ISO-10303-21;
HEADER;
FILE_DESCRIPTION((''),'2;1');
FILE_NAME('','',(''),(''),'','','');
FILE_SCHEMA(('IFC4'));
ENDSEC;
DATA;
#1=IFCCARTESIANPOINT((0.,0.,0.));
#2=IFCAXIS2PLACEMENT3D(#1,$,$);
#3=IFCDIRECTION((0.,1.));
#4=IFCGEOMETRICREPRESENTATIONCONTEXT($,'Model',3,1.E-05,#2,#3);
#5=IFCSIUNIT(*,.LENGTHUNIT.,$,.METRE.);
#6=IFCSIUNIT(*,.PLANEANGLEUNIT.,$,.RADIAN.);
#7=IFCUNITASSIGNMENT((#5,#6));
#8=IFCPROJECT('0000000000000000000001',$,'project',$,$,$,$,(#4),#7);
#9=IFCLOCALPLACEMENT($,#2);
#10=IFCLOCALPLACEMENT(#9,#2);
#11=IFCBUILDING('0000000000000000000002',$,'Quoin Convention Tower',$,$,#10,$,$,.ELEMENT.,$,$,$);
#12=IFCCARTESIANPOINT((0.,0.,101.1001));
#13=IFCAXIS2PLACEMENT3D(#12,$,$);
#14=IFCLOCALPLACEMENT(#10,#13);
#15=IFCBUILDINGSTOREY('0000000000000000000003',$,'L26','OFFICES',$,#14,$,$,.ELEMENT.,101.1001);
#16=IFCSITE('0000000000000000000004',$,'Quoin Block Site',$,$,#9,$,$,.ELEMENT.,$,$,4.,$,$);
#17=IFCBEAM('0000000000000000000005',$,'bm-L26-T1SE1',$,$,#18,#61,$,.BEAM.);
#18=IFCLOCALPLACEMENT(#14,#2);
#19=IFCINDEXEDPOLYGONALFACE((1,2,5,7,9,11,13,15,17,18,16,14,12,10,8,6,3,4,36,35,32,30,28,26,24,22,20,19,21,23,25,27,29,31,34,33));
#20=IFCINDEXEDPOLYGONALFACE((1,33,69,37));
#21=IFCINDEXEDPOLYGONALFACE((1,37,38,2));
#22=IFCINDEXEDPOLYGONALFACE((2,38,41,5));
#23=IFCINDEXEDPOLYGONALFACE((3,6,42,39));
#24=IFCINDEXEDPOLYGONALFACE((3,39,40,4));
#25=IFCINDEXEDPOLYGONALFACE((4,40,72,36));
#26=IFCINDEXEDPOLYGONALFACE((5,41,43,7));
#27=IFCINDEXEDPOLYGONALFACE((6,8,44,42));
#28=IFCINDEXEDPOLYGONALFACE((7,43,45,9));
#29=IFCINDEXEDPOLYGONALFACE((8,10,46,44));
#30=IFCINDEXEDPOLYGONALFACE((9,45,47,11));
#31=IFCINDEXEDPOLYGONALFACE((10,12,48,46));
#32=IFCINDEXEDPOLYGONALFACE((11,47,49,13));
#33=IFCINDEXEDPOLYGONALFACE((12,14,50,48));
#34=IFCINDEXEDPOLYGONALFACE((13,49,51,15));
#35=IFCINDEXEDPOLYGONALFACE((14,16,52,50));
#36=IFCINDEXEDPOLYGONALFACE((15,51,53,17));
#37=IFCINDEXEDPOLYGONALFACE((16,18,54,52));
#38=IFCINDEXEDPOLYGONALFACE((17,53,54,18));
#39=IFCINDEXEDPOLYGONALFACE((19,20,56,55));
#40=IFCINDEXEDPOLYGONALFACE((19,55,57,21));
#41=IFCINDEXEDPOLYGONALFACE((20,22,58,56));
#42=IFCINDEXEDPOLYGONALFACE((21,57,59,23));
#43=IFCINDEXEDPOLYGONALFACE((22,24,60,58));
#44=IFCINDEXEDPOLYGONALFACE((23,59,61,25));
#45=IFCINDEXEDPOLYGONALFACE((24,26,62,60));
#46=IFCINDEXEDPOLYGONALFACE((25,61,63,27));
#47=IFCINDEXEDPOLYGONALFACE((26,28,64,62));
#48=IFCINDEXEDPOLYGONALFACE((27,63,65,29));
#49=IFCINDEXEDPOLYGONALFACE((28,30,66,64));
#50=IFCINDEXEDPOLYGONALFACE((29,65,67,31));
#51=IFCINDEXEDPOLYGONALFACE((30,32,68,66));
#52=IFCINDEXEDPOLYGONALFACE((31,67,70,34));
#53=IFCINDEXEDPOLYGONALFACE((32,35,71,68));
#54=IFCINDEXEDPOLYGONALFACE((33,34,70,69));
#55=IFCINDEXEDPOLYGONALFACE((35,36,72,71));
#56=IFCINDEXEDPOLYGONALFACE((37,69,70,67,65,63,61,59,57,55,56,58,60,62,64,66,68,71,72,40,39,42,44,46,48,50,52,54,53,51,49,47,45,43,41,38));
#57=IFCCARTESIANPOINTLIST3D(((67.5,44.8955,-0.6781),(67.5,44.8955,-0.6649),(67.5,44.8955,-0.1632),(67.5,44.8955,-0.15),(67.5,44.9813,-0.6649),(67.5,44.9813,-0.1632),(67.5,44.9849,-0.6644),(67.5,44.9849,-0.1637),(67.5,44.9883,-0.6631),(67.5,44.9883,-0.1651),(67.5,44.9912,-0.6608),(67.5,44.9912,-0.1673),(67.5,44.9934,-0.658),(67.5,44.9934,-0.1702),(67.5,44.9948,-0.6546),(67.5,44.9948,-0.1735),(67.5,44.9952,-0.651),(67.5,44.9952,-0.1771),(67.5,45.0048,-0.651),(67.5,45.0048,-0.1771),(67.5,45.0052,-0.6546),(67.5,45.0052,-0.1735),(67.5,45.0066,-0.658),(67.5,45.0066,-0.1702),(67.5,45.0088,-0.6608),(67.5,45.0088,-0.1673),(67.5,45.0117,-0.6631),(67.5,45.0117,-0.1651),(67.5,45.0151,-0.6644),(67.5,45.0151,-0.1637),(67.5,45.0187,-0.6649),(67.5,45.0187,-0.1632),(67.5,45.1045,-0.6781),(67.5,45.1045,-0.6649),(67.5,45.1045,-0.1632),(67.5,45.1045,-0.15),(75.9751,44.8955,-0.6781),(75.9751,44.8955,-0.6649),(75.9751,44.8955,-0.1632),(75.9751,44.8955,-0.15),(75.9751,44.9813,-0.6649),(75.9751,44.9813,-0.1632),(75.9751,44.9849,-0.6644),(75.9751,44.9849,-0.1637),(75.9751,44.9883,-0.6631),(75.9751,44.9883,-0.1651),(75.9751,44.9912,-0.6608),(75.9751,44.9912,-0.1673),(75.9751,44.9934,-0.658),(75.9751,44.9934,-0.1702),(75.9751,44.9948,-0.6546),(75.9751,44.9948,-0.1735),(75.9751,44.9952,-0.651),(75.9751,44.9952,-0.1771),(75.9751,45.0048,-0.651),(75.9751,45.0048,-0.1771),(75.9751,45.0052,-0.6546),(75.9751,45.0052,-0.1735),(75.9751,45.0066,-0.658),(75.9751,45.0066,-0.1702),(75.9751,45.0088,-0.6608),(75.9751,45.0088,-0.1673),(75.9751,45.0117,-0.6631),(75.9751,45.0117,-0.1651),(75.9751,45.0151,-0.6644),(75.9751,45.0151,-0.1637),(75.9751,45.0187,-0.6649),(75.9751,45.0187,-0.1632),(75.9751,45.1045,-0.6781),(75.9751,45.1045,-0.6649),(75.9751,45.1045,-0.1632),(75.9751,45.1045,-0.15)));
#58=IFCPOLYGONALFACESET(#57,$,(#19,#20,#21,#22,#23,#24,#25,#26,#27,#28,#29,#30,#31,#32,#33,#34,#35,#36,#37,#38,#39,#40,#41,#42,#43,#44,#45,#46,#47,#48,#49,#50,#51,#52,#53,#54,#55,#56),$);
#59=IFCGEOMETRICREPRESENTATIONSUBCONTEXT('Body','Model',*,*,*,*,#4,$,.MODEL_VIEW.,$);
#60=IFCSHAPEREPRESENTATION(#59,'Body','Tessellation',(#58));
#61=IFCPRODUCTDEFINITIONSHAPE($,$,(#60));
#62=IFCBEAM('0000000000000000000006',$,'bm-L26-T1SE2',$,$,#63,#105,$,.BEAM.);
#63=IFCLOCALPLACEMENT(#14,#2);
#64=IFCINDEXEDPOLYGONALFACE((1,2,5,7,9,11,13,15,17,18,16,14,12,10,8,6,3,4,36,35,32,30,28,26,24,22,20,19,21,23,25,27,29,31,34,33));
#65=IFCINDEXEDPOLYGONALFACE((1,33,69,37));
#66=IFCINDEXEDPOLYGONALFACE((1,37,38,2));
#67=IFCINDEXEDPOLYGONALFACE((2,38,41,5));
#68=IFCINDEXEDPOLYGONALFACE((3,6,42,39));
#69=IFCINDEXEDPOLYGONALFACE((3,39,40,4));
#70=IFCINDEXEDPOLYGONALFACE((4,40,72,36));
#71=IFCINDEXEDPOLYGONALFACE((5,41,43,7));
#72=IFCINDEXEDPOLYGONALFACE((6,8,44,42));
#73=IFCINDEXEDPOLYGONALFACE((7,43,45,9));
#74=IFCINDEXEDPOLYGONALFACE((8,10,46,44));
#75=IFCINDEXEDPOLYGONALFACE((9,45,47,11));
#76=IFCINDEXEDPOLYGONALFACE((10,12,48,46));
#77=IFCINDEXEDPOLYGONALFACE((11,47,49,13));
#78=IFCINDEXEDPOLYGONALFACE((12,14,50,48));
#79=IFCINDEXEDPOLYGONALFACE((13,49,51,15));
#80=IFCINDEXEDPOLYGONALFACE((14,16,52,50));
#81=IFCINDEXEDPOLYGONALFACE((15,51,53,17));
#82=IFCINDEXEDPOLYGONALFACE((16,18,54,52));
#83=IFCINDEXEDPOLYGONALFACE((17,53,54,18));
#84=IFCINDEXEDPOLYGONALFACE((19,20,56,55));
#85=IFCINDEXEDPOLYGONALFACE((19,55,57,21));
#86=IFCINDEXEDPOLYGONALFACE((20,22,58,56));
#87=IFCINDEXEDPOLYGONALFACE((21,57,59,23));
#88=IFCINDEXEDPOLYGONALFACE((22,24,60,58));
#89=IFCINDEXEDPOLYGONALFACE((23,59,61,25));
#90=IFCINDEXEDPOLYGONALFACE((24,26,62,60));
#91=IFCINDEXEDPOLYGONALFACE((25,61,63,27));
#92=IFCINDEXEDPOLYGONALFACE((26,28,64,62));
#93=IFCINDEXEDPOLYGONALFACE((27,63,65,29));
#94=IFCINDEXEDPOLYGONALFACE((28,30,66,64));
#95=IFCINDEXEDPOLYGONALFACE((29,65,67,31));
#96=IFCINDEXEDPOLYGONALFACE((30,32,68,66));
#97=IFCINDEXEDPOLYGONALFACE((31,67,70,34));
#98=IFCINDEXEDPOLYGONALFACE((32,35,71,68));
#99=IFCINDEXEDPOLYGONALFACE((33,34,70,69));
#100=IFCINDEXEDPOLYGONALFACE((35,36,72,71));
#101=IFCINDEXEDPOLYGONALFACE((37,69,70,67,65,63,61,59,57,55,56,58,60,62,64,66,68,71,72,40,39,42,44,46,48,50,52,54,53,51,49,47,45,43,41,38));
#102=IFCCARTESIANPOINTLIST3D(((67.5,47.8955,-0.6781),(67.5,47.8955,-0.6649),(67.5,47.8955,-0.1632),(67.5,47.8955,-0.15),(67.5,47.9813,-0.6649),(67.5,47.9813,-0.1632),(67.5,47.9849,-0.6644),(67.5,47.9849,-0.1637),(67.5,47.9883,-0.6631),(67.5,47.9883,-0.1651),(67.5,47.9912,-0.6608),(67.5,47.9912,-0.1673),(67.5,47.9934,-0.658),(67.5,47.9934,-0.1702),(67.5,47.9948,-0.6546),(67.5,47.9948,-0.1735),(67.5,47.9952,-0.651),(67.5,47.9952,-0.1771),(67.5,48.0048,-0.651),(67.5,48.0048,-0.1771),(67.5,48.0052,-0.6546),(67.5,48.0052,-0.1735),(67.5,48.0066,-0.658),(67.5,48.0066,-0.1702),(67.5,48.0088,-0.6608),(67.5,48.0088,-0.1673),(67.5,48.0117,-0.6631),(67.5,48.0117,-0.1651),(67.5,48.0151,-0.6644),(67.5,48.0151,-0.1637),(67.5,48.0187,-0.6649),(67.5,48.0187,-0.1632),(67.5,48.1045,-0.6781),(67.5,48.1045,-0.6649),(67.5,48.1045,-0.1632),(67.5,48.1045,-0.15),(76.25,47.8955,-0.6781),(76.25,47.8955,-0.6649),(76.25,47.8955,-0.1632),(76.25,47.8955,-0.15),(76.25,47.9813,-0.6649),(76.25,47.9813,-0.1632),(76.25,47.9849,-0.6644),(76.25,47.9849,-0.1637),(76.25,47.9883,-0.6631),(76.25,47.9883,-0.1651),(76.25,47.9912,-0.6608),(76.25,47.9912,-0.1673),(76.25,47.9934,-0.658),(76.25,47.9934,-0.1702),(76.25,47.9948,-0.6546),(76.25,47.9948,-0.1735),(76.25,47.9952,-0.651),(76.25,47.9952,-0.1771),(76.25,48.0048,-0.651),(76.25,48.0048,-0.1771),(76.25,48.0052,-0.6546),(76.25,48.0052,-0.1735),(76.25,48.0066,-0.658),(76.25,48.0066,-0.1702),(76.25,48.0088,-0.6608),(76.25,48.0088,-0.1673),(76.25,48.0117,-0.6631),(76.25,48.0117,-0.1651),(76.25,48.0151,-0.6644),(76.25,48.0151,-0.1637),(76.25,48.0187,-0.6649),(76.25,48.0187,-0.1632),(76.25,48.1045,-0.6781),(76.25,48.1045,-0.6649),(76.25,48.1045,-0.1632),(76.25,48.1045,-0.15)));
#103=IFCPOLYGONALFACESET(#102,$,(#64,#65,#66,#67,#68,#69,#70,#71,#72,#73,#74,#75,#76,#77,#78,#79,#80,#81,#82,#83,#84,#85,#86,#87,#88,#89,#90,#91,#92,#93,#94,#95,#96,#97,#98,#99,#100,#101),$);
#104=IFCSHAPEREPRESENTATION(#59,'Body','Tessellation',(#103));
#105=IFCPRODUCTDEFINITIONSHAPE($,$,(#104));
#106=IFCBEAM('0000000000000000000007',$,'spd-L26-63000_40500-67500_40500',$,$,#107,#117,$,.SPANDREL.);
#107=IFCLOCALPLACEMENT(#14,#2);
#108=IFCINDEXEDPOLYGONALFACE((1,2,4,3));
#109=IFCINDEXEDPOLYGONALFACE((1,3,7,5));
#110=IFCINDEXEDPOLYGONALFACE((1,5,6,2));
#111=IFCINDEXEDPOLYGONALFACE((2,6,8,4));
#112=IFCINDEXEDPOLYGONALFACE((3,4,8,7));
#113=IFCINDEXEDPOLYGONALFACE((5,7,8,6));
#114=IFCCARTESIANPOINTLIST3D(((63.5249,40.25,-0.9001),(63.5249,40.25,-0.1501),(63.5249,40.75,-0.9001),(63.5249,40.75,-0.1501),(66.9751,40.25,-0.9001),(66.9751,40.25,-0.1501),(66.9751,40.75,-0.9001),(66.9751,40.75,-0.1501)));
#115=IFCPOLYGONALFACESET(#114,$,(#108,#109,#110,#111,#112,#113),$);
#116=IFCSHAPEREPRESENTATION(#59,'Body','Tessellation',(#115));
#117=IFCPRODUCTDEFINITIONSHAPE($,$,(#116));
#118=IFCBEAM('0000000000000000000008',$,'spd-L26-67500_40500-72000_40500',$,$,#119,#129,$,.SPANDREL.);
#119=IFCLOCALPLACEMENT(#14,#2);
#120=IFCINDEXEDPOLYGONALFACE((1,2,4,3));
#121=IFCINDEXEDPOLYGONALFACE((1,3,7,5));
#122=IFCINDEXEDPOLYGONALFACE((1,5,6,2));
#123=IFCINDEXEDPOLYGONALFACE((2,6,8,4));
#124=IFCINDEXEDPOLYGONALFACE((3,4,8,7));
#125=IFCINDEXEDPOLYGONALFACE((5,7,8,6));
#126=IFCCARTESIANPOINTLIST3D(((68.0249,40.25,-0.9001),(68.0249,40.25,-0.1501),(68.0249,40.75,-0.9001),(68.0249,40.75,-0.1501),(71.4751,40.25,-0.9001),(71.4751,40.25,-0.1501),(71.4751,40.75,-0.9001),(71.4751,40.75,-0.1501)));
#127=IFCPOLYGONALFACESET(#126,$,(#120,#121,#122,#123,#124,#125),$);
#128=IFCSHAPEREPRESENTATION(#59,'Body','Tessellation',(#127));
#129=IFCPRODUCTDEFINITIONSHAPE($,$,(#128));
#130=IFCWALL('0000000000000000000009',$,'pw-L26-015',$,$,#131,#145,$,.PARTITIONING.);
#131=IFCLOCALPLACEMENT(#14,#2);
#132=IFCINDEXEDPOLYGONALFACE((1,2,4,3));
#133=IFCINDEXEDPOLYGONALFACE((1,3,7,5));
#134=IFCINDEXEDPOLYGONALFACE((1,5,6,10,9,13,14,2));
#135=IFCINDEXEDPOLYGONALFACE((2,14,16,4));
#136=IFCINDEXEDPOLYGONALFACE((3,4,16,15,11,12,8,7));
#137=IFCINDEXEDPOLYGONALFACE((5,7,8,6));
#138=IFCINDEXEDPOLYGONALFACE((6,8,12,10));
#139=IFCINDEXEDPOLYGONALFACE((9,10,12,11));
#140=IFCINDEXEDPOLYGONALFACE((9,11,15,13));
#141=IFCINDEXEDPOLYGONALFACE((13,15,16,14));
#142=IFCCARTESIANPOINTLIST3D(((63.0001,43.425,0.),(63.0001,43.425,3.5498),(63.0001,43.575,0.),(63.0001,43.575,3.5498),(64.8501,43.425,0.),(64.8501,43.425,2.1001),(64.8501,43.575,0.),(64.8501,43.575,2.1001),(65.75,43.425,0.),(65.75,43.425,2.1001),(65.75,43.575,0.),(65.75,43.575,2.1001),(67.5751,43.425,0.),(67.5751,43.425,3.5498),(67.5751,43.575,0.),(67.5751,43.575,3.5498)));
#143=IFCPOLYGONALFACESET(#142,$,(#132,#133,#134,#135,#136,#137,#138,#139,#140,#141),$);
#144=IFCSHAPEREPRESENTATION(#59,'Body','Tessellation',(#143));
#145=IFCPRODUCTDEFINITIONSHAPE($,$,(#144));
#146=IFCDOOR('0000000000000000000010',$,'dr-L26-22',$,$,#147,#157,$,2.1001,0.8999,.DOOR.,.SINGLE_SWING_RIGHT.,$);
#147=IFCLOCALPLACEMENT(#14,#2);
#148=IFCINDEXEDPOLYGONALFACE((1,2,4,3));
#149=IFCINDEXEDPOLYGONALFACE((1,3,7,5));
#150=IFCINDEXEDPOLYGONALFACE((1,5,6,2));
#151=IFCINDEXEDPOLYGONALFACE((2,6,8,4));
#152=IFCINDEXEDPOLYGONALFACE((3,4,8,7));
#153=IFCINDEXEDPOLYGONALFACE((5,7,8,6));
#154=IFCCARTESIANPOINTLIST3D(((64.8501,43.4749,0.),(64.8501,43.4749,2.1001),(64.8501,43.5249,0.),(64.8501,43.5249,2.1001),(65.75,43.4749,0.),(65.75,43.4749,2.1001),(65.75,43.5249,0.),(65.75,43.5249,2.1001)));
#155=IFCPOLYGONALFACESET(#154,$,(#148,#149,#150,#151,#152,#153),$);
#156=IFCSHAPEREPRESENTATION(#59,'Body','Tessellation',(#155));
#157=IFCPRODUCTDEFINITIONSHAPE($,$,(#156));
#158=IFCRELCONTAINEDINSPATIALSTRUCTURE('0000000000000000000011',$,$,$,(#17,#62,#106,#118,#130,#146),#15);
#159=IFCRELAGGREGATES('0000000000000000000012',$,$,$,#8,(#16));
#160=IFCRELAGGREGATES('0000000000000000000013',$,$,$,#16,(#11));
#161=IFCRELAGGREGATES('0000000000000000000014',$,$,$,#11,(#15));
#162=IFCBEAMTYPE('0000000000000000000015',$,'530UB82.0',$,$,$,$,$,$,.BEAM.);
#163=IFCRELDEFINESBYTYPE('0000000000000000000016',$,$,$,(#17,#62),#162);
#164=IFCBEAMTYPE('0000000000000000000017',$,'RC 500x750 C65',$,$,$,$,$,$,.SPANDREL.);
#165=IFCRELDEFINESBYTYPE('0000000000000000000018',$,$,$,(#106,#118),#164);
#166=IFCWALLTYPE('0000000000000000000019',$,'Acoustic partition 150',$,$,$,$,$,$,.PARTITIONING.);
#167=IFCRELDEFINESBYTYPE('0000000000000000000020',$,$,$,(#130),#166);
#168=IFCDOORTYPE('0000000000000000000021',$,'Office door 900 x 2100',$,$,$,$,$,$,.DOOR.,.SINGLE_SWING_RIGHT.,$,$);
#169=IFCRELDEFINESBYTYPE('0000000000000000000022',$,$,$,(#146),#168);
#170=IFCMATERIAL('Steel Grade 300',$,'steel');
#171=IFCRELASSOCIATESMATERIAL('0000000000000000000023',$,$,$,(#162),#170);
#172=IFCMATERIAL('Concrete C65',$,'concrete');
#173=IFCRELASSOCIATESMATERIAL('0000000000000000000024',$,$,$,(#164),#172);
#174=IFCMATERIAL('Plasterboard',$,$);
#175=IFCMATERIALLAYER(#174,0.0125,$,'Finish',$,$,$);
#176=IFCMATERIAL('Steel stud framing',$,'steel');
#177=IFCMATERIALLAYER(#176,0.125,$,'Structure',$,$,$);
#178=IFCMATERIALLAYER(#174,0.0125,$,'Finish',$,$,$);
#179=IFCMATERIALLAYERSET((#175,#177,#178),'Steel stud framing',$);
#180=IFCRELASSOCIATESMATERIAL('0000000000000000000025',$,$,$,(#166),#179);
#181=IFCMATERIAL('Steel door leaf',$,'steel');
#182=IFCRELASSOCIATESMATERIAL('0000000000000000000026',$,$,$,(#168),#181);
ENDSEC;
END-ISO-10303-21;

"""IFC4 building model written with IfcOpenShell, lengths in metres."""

from ifc_helpers import new_model, si_unit, direction, frame, frame_2d, origin, origin_2d, place, context, subcontext, project, spatial, rectangle, i_section, extrude, material, layer, layer_set, material_profile, profile_set, type_object, element, fill, save


model = new_model("IFC4")

# Units and contexts
model_context = context("Model", 3, precision=1e-05, world=origin(), true_north=direction((0.0, 1.0)))
body_context = subcontext(model_context, "Body", "Model", "MODEL_VIEW")
ifc_project = project(units=[si_unit("LENGTHUNIT", "METRE"), si_unit("PLANEANGLEUNIT", "RADIAN")], contexts=[model_context])

# Site, building, storey
site_placement = place(None, origin())
site = spatial("IfcSite", under=ifc_project, at=site_placement, Name="Quoin Block Site", CompositionType="ELEMENT", RefElevation=4.0)
building_placement = place(site_placement, origin())
building = spatial("IfcBuilding", under=site, at=building_placement, Name="Quoin Convention Tower", CompositionType="ELEMENT")
storey_placement = place(building_placement, frame((0.0, 0.0, 101.1001)))
storey = spatial("IfcBuildingStorey", under=building, at=storey_placement, Name="L26", Description="OFFICES", CompositionType="ELEMENT", Elevation=101.1001)

# Shared definitions
ifc_material_1 = material(Name="Concrete C65", Category="concrete")

# Beams
ifc_material_2 = material(Name="Steel Grade 300", Category="steel")
ifc_material_profile_1 = material_profile(ifc_material_2, i_section(OverallWidth=0.209, OverallDepth=0.5281, WebThickness=0.0095, FlangeThickness=0.0132, FilletRadius=0.0139, at=origin_2d()), Name="530UB82.0")
ifc_profile_set_1 = profile_set([ifc_material_profile_1], Name="Steel Grade 300")
beam_type_1 = type_object("IfcBeamType", Name="530UB82.0", PredefinedType="BEAM", material=ifc_profile_set_1)
beam_1_placement = place(storey_placement, frame((67.5, 45.0, -0.4141), z_axis=(1.0, 0.0, 0.0), x_axis=(0.0, 1.0, 0.0)))
element("IfcBeam", 1, at=beam_1_placement, inside=storey, type_object=beam_type_1, Name="bm-L26-T1SE1", PredefinedType="BEAM", context=body_context, shape_type="SweptSolid", body=[
    extrude(i_section(OverallWidth=0.209, OverallDepth=0.5281, WebThickness=0.0095, FlangeThickness=0.0132, FilletRadius=0.0139, at=origin_2d()), origin(), (0.0, 0.0, 1.0), 8.4751),
])
beam_2_placement = place(storey_placement, frame((67.5, 48.0, -0.4141), z_axis=(1.0, 0.0, 0.0), x_axis=(0.0, 1.0, 0.0)))
element("IfcBeam", 2, at=beam_2_placement, inside=storey, type_object=beam_type_1, Name="bm-L26-T1SE2", PredefinedType="BEAM", context=body_context, shape_type="SweptSolid", body=[
    extrude(i_section(OverallWidth=0.209, OverallDepth=0.5281, WebThickness=0.0095, FlangeThickness=0.0132, FilletRadius=0.0139, at=origin_2d()), origin(), (0.0, 0.0, 1.0), 8.75),
])
ifc_material_profile_2 = material_profile(ifc_material_1, rectangle(XDim=0.5, YDim=0.75, at=origin_2d()), Name="RC 500x750")
ifc_profile_set_2 = profile_set([ifc_material_profile_2], Name="Concrete C65")
beam_type_2 = type_object("IfcBeamType", Name="RC 500x750 C65", PredefinedType="SPANDREL", material=ifc_profile_set_2)
for number, where, z_axis, x_axis, name in (
    (3, (63.5249, 40.5, -0.5251), (1.0, 0.0, 0.0), (0.0, 1.0, 0.0), "spd-L26-63000_40500-67500_40500"),
    (4, (68.0249, 40.5, -0.5251), (1.0, 0.0, 0.0), (0.0, 1.0, 0.0), "spd-L26-67500_40500-72000_40500"),
):
    element("IfcBeam", number, at=place(storey_placement, frame(where, z_axis=z_axis, x_axis=x_axis)), inside=storey, type_object=beam_type_2, Name=name, PredefinedType="SPANDREL", context=body_context, shape_type="SweptSolid", body=[
        extrude(rectangle(XDim=0.5, YDim=0.75, at=origin_2d()), origin(), (0.0, 0.0, 1.0), 3.4502),
    ])

# Wall, opening, door
ifc_material_3 = material(Name="Plasterboard")
ifc_layer_1 = layer(ifc_material_3, 0.0125, Name="Finish")
ifc_material_4 = material(Name="Steel stud framing", Category="steel")
ifc_layer_2 = layer(ifc_material_4, 0.125, Name="Structure")
ifc_layer_3 = layer(ifc_material_3, 0.0125, Name="Finish")
ifc_layer_set_1 = layer_set([ifc_layer_1, ifc_layer_2, ifc_layer_3], Name="Steel stud framing")
wall_type_1 = type_object("IfcWallType", Name="Acoustic partition 150", PredefinedType="PARTITIONING", material=ifc_layer_set_1)
wall_1_placement = place(storey_placement, frame((63.0, 43.5, 0.0), z_axis=(0.0, 0.0, 1.0), x_axis=(1.0, 0.0, 0.0)))
wall_1 = element("IfcWall", 5, at=wall_1_placement, inside=storey, type_object=wall_type_1, Name="pw-L26-015", PredefinedType="PARTITIONING", context=body_context, shape_type="SweptSolid", body=[
    extrude(rectangle(XDim=4.575, YDim=0.1499, at=frame_2d((2.2876, 0.0))), origin(), (0.0, 0.0, 1.0), 3.5498),
])
opening_1_placement = place(wall_1_placement, frame((1.8501, 0.0, 0.0)))
opening_1 = element("IfcOpeningElement", 6, at=opening_1_placement, cuts=wall_1, PredefinedType="OPENING", context=body_context, shape_type="SweptSolid", body=[
    extrude(rectangle(XDim=0.8999, YDim=2.1001, at=frame_2d((0.45, 1.05))), frame((0.0, 0.085, 0.0), z_axis=(0.0, -1.0, 0.0), x_axis=(1.0, 0.0, 0.0)), (0.0, 0.0, 1.0), 0.1699),
])
ifc_material_5 = material(Name="Steel door leaf", Category="steel")
door_type_1 = type_object("IfcDoorType", Name="Office door 900 x 2100", OperationType="SINGLE_SWING_RIGHT", PredefinedType="DOOR", material=ifc_material_5)
door_1_placement = place(opening_1_placement, origin())
door_1 = element("IfcDoor", 7, at=door_1_placement, inside=storey, type_object=door_type_1, Name="dr-L26-22", OperationType="SINGLE_SWING_RIGHT", OverallHeight=2.1001, OverallWidth=0.8999, PredefinedType="DOOR", context=body_context, shape_type="SweptSolid", body=[
    extrude(rectangle(XDim=0.8999, YDim=2.1001, at=frame_2d((0.45, 1.05))), frame((0.0, 0.0249, 0.0), z_axis=(0.0, -1.0, 0.0), x_axis=(1.0, 0.0, 0.0)), (0.0, 0.0, 1.0), 0.05),
])
fill(opening_1, door_1)

save(model, "model.ifc")
